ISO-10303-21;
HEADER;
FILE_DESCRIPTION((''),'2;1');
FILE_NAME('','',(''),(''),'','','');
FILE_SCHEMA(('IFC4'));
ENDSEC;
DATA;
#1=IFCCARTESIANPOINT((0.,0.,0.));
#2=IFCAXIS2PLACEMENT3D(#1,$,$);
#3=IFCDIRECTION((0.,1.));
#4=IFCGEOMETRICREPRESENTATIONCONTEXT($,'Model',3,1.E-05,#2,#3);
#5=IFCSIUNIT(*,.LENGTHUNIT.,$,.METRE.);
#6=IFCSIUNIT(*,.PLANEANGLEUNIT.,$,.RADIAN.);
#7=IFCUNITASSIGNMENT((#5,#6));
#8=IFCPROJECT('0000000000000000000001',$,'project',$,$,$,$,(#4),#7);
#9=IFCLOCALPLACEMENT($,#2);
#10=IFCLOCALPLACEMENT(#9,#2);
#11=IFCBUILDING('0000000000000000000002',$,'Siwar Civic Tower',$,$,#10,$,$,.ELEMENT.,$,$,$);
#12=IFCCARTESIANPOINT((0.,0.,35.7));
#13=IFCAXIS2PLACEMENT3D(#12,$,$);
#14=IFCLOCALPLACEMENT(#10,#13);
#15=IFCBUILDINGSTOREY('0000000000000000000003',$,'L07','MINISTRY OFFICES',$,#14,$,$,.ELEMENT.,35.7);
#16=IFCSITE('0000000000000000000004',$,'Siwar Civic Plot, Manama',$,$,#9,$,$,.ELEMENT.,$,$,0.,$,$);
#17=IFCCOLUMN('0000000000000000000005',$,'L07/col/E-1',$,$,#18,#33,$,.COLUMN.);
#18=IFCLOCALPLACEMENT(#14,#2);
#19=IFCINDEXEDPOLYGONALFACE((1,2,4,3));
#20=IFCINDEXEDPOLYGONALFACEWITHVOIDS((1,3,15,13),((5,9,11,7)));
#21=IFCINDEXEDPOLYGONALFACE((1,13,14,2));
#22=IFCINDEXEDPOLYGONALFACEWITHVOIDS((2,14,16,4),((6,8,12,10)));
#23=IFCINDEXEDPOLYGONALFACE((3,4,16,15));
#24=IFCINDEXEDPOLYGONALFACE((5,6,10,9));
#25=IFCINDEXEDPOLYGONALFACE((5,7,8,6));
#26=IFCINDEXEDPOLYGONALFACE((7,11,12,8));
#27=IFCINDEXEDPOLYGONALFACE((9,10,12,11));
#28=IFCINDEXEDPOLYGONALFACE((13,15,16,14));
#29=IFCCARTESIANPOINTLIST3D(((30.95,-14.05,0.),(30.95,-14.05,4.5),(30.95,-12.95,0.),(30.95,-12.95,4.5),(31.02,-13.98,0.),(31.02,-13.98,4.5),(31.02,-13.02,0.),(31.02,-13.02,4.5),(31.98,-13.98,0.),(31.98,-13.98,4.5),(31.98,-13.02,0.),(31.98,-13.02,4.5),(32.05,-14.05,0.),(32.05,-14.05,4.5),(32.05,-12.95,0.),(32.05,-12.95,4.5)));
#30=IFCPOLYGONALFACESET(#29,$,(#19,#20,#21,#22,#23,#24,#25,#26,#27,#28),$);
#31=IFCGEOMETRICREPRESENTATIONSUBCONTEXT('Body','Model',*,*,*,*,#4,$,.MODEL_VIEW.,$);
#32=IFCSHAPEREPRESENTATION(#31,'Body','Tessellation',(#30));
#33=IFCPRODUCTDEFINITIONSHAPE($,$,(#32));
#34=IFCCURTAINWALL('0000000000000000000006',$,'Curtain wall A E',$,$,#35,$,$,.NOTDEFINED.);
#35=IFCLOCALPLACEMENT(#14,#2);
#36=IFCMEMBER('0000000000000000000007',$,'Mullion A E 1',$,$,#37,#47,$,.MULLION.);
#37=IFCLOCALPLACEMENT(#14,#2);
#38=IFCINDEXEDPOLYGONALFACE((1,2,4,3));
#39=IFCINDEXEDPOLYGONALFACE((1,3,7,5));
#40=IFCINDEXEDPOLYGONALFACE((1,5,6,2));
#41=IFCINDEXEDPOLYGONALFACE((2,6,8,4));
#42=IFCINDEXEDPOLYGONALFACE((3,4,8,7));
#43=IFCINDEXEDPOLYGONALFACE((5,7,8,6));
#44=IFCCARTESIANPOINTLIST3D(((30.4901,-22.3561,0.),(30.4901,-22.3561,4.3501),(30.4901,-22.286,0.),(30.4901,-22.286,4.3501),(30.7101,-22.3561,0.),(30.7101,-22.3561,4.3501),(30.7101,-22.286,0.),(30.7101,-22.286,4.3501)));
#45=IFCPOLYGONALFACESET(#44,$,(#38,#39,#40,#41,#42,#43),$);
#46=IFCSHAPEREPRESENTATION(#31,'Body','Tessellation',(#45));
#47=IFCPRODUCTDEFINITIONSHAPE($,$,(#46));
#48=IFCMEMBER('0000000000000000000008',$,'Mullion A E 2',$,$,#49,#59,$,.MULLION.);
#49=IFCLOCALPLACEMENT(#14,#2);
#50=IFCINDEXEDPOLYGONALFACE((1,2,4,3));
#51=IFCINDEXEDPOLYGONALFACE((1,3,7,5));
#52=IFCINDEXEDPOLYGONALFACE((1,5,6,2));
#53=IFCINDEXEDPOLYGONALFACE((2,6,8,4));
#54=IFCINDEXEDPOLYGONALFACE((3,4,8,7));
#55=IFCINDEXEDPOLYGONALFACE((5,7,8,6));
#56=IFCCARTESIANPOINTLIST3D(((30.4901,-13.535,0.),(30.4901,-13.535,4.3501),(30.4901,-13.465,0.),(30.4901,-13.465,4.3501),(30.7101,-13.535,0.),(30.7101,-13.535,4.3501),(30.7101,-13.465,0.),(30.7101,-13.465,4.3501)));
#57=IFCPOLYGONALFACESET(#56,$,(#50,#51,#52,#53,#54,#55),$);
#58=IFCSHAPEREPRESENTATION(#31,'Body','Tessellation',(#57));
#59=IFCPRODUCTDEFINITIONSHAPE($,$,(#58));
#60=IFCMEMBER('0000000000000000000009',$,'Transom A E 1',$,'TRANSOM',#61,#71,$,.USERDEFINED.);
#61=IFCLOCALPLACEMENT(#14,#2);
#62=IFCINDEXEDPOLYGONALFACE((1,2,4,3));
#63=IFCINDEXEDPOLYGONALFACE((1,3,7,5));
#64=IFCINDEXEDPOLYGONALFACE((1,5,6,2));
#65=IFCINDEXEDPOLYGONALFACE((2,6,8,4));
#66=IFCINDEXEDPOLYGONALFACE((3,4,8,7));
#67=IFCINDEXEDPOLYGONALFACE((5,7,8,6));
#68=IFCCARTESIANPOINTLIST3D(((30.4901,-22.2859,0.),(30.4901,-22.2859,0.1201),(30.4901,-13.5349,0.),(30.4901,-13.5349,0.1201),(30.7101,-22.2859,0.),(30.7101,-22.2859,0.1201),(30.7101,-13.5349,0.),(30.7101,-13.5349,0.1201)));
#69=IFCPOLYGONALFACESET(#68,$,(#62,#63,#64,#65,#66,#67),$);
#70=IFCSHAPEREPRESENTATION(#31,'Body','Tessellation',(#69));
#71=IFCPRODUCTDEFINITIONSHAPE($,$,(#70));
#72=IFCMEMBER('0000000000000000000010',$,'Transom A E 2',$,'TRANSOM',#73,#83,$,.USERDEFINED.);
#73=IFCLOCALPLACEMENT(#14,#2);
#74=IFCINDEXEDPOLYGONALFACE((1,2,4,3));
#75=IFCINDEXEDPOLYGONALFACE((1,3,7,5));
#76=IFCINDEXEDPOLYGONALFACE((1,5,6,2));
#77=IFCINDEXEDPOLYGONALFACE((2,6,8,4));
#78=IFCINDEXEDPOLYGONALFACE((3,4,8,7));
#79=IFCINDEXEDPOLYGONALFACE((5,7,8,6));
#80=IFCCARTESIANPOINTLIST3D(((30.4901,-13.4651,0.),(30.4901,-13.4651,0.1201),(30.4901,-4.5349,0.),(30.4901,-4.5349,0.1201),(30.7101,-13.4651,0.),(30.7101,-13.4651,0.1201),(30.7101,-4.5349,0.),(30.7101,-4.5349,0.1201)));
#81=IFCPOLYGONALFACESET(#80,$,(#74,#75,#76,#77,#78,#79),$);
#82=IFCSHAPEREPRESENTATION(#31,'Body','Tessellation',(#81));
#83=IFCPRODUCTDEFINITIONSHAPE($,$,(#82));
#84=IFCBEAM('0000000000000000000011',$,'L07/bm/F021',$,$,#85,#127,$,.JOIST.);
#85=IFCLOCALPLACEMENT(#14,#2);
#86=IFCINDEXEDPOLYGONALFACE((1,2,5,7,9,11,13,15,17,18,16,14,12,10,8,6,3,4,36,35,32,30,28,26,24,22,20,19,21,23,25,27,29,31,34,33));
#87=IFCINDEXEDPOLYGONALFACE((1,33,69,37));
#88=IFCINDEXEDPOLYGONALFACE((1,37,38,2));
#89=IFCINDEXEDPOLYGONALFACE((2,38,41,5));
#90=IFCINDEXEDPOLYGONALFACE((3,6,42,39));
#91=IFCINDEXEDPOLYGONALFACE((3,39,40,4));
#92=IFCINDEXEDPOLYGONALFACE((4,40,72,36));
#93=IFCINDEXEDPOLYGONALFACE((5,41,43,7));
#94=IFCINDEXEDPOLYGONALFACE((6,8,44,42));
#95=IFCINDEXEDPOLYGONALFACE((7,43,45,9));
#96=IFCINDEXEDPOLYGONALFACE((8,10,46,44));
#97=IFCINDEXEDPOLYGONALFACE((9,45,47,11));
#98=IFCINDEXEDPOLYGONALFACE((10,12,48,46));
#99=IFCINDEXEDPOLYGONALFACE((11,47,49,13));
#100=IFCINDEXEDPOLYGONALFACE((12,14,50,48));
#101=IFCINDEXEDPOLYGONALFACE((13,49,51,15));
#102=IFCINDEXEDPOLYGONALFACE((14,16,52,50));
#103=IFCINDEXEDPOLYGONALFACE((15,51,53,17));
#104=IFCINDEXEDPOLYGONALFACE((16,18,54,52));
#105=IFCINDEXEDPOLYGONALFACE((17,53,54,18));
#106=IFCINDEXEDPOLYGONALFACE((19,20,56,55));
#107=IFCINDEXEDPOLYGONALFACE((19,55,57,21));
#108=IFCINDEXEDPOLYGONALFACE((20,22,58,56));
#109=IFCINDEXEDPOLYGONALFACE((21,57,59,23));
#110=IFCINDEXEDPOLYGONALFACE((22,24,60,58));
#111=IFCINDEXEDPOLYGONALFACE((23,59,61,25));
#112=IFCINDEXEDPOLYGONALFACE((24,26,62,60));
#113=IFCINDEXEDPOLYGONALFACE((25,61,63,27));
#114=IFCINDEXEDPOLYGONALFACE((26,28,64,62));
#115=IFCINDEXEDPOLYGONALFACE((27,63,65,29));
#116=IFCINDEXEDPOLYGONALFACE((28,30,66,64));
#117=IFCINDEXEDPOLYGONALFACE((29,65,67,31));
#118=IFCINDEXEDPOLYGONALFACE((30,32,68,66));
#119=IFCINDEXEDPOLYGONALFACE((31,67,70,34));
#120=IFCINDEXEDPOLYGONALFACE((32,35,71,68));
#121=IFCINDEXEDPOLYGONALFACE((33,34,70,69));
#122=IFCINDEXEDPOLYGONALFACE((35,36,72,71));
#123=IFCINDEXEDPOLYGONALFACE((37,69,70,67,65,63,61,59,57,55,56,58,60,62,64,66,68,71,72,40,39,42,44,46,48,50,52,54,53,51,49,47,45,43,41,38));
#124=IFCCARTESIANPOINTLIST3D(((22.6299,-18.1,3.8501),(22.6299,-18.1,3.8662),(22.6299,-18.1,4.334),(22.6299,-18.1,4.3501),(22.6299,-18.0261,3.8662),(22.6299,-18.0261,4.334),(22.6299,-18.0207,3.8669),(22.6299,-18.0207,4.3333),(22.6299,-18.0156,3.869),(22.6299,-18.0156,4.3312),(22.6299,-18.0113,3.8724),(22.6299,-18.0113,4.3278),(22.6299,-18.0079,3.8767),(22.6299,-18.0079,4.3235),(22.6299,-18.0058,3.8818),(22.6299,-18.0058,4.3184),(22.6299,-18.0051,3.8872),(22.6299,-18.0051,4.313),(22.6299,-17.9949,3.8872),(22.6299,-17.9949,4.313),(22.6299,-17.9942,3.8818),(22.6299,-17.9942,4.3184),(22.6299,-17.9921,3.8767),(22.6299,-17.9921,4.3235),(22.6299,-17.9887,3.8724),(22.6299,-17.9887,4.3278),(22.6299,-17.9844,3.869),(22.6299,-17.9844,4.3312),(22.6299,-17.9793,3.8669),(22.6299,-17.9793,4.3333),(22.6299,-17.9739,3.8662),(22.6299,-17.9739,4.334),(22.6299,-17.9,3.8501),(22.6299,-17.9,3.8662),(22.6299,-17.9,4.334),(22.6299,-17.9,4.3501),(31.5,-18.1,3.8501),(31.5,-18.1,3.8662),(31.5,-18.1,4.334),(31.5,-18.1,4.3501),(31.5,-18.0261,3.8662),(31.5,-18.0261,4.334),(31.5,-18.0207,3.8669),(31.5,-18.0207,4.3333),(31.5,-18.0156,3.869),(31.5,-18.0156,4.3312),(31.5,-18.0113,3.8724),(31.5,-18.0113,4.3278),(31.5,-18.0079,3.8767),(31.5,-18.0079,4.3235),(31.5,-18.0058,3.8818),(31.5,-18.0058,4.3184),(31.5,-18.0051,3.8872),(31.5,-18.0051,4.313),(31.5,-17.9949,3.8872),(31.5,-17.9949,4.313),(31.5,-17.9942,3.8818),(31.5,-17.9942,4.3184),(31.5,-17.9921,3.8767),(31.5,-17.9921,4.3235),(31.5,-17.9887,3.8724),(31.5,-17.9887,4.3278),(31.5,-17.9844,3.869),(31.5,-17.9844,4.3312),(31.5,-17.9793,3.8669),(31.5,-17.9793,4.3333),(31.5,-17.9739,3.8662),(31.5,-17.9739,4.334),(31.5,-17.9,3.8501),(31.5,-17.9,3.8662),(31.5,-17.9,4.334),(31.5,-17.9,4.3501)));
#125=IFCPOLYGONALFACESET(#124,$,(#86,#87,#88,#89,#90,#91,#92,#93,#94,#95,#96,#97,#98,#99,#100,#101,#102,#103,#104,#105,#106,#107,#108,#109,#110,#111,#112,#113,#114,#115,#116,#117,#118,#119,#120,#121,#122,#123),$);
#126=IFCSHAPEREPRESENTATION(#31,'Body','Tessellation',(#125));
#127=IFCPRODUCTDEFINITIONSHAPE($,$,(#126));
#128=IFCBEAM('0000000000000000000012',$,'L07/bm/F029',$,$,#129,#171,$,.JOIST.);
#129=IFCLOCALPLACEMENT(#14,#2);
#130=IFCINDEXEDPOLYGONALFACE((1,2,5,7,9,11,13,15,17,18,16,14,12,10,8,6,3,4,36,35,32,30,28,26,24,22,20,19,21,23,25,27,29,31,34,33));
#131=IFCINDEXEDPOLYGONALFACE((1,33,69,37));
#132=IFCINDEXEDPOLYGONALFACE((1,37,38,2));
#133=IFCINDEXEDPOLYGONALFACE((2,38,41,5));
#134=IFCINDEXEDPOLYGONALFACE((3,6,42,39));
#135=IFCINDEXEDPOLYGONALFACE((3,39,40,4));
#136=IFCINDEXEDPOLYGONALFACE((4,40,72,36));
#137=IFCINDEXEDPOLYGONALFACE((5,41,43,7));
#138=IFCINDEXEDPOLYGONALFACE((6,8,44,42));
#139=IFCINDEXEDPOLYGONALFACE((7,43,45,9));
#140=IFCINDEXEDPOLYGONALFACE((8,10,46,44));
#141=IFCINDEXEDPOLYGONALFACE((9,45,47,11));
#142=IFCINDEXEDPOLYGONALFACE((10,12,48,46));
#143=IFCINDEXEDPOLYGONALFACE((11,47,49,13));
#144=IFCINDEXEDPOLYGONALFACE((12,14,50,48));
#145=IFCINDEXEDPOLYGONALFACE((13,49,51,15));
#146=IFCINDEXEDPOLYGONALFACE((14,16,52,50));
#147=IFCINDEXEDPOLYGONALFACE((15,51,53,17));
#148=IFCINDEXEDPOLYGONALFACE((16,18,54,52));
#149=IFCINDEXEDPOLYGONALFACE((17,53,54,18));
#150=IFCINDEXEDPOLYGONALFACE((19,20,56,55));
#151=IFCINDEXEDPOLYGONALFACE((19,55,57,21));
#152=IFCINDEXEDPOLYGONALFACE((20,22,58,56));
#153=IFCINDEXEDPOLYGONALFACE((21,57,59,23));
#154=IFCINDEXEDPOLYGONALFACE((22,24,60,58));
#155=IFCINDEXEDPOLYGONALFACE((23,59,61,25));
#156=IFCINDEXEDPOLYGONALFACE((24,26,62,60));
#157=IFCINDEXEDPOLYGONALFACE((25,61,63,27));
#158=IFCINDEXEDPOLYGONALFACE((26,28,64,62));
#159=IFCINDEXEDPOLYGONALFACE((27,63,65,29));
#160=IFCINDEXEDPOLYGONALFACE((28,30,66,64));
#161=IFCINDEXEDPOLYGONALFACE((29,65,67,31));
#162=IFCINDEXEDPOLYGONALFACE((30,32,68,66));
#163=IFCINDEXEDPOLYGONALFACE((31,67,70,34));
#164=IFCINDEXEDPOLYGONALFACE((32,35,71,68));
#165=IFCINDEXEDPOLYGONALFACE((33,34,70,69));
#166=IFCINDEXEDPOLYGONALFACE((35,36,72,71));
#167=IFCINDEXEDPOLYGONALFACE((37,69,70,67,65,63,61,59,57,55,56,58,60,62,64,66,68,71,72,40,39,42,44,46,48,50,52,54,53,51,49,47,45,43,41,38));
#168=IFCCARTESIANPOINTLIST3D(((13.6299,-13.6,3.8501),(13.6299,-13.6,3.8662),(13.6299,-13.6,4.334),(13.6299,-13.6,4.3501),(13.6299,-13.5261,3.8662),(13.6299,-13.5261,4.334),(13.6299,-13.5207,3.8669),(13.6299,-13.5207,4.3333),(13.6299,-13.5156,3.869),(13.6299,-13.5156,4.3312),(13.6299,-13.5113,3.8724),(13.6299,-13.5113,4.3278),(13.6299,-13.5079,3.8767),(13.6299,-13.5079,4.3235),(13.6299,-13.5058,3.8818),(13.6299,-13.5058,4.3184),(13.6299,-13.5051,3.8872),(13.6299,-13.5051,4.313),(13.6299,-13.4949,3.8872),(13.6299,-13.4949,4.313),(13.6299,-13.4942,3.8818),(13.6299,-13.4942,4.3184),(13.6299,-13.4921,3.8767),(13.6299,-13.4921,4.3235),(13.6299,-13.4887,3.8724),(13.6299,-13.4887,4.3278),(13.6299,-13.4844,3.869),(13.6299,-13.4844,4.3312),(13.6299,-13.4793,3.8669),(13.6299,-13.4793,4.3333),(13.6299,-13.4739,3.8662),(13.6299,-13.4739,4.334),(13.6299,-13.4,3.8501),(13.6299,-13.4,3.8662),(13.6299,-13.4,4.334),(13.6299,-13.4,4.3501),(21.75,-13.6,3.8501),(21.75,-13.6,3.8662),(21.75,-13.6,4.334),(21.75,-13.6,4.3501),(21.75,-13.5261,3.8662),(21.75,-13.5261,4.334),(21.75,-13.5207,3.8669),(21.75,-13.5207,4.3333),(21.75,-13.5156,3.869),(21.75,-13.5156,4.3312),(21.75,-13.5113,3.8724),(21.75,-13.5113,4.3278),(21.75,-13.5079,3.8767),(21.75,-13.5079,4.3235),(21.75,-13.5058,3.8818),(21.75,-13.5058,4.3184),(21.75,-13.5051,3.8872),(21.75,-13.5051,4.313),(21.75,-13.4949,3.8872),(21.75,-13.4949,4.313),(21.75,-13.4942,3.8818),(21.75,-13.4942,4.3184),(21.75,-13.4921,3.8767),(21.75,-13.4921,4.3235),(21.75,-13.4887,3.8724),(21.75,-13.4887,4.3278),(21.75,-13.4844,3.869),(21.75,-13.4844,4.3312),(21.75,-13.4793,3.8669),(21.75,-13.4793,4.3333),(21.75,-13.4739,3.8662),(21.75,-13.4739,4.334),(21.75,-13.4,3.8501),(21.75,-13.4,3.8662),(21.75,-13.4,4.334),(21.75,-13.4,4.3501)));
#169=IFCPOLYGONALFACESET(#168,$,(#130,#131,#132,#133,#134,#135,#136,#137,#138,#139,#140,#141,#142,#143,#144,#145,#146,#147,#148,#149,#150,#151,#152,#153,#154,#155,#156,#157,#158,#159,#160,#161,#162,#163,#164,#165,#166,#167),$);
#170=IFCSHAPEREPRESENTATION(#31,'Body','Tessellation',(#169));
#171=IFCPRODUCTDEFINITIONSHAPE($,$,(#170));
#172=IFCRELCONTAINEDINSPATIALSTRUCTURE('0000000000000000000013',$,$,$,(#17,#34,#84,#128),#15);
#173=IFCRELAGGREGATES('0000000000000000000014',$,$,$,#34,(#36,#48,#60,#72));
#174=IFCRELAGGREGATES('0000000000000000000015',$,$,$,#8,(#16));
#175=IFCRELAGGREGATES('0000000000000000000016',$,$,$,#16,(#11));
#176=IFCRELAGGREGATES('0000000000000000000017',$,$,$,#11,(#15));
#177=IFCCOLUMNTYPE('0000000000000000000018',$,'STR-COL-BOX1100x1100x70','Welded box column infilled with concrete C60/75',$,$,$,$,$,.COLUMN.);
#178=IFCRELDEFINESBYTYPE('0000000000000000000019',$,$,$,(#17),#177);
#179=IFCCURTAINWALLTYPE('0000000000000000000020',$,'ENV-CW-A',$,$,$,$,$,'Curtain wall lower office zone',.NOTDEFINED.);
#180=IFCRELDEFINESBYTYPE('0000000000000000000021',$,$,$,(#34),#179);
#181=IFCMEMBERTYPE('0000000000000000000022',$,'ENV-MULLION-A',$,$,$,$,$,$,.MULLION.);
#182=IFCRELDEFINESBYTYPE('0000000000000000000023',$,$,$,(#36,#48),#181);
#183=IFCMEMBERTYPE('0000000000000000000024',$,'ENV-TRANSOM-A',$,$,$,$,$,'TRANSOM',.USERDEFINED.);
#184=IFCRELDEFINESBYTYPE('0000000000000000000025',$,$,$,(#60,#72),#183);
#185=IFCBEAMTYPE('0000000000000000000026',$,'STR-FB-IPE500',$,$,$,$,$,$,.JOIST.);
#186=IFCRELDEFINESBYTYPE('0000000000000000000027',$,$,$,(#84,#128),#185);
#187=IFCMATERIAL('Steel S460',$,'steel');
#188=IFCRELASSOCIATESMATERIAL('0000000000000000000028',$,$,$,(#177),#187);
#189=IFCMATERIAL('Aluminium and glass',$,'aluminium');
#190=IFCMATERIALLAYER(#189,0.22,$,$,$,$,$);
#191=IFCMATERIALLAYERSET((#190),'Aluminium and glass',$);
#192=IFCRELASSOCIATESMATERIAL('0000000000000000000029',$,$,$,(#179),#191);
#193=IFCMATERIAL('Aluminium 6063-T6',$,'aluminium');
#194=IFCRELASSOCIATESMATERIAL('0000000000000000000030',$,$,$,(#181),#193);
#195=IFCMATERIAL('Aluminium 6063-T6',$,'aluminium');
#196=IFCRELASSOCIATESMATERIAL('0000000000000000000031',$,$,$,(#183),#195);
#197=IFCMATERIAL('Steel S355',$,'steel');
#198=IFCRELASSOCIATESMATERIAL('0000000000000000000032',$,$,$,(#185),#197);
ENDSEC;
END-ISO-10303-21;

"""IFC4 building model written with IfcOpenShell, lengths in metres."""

from ifc_helpers import new_model, si_unit, direction, frame, origin, origin_2d, place, context, subcontext, project, spatial, rectangle, hollow_rectangle, i_section, extrude, material, layer, layer_set, material_profile, profile_set, type_object, element, aggregate, save


model = new_model("IFC4")

# Units and contexts
model_context = context("Model", 3, precision=1e-05, world=origin(), true_north=direction((0.0, 1.0)))
body_context = subcontext(model_context, "Body", "Model", "MODEL_VIEW")
ifc_project = project(units=[si_unit("LENGTHUNIT", "METRE"), si_unit("PLANEANGLEUNIT", "RADIAN")], contexts=[model_context])

# Site, building, storey
site_placement = place(None, origin())
site = spatial("IfcSite", under=ifc_project, at=site_placement, Name="Siwar Civic Plot, Manama", CompositionType="ELEMENT", RefElevation=0.0)
building_placement = place(site_placement, origin())
building = spatial("IfcBuilding", under=site, at=building_placement, Name="Siwar Civic Tower", CompositionType="ELEMENT")
storey_placement = place(building_placement, frame((0.0, 0.0, 35.7)))
storey = spatial("IfcBuildingStorey", under=building, at=storey_placement, Name="L07", Description="MINISTRY OFFICES", CompositionType="ELEMENT", Elevation=35.7)

# Column
ifc_material_1 = material(Name="Steel S460", Category="steel")
ifc_material_profile_1 = material_profile(ifc_material_1, hollow_rectangle(XDim=1.1001, YDim=1.1001, WallThickness=0.0701, at=origin_2d()), Name="BOX1100x1100x70")
ifc_profile_set_1 = profile_set([ifc_material_profile_1], Name="Steel S460")
column_type = type_object("IfcColumnType", Name="STR-COL-BOX1100x1100x70", Description="Welded box column infilled with concrete C60/75", PredefinedType="COLUMN", material=ifc_profile_set_1)
column_placement = place(storey_placement, frame((31.5, -13.5, 0.0), z_axis=(0.0, 0.0, 1.0), x_axis=(1.0, 0.0, 0.0)))
element("IfcColumn", 1, at=column_placement, inside=storey, type_object=column_type, Name="L07/col/E-1", PredefinedType="COLUMN", context=body_context, shape_type="SweptSolid", body=[
    extrude(hollow_rectangle(XDim=1.1001, YDim=1.1001, WallThickness=0.0701, at=origin_2d()), origin(), (0.0, 0.0, 1.0), 4.5),
])

# Curtain wall, members
ifc_material_2 = material(Name="Aluminium and glass", Category="aluminium")
ifc_layer_1 = layer(ifc_material_2, 0.22)
ifc_layer_set_1 = layer_set([ifc_layer_1], Name="Aluminium and glass")
curtain_wall_type = type_object("IfcCurtainWallType", Name="ENV-CW-A", ElementType="Curtain wall lower office zone", PredefinedType="NOTDEFINED", material=ifc_layer_set_1)
curtain_wall_placement = place(storey_placement, origin())
curtain_wall = element("IfcCurtainWall", 2, at=curtain_wall_placement, inside=storey, type_object=curtain_wall_type, Name="Curtain wall A E", PredefinedType="NOTDEFINED")
ifc_material_3 = material(Name="Aluminium 6063-T6", Category="aluminium")
ifc_material_profile_2 = material_profile(ifc_material_3, rectangle(XDim=0.22, YDim=0.0701, at=origin_2d()), Name="AL 220x70")
ifc_profile_set_2 = profile_set([ifc_material_profile_2], Name="Aluminium 6063-T6")
member_type_1 = type_object("IfcMemberType", Name="ENV-MULLION-A", PredefinedType="MULLION", material=ifc_profile_set_2)
member_1_placement = place(storey_placement, frame((30.6001, -22.321, 0.0), z_axis=(0.0, 0.0, 1.0), x_axis=(-1.0, 0.0, 0.0)))
member_1 = element("IfcMember", 3, at=member_1_placement, type_object=member_type_1, Name="Mullion A E 1", PredefinedType="MULLION", context=body_context, shape_type="SweptSolid", body=[
    extrude(rectangle(XDim=0.22, YDim=0.0701, at=origin_2d()), origin(), (0.0, 0.0, 1.0), 4.3501),
])
member_2_placement = place(storey_placement, frame((30.6001, -13.5, 0.0), z_axis=(0.0, 0.0, 1.0), x_axis=(-1.0, 0.0, 0.0)))
member_2 = element("IfcMember", 4, at=member_2_placement, type_object=member_type_1, Name="Mullion A E 2", PredefinedType="MULLION", context=body_context, shape_type="SweptSolid", body=[
    extrude(rectangle(XDim=0.22, YDim=0.0701, at=origin_2d()), origin(), (0.0, 0.0, 1.0), 4.3501),
])
ifc_material_4 = material(Name="Aluminium 6063-T6", Category="aluminium")
ifc_material_profile_3 = material_profile(ifc_material_4, rectangle(XDim=0.22, YDim=0.1201, at=origin_2d()), Name="AL 220x120")
ifc_profile_set_3 = profile_set([ifc_material_profile_3], Name="Aluminium 6063-T6")
member_type_2 = type_object("IfcMemberType", Name="ENV-TRANSOM-A", ElementType="TRANSOM", PredefinedType="USERDEFINED", material=ifc_profile_set_3)
member_3_placement = place(storey_placement, frame((30.6001, -22.2859, 0.0601), z_axis=(0.0, 1.0, 0.0), x_axis=(-1.0, 0.0, 0.0)))
member_3 = element("IfcMember", 5, at=member_3_placement, type_object=member_type_2, Name="Transom A E 1", ObjectType="TRANSOM", PredefinedType="USERDEFINED", context=body_context, shape_type="SweptSolid", body=[
    extrude(rectangle(XDim=0.22, YDim=0.1201, at=origin_2d()), origin(), (0.0, 0.0, 1.0), 8.751),
])
member_4_placement = place(storey_placement, frame((30.6001, -13.4651, 0.0601), z_axis=(0.0, 1.0, 0.0), x_axis=(-1.0, 0.0, 0.0)))
member_4 = element("IfcMember", 6, at=member_4_placement, type_object=member_type_2, Name="Transom A E 2", ObjectType="TRANSOM", PredefinedType="USERDEFINED", context=body_context, shape_type="SweptSolid", body=[
    extrude(rectangle(XDim=0.22, YDim=0.1201, at=origin_2d()), origin(), (0.0, 0.0, 1.0), 8.9302),
])

# Beams
ifc_material_5 = material(Name="Steel S355", Category="steel")
ifc_material_profile_4 = material_profile(ifc_material_5, i_section(OverallWidth=0.2, OverallDepth=0.5, WebThickness=0.0103, FlangeThickness=0.0161, FilletRadius=0.021, at=origin_2d()), Name="IPE500")
ifc_profile_set_4 = profile_set([ifc_material_profile_4], Name="Steel S355")
beam_type_1 = type_object("IfcBeamType", Name="STR-FB-IPE500", PredefinedType="JOIST", material=ifc_profile_set_4)
beam_1_placement = place(storey_placement, frame((22.6299, -18.0, 4.1001), z_axis=(1.0, 0.0, 0.0), x_axis=(0.0, 1.0, 0.0)))
element("IfcBeam", 7, at=beam_1_placement, inside=storey, type_object=beam_type_1, Name="L07/bm/F021", PredefinedType="JOIST", context=body_context, shape_type="SweptSolid", body=[
    extrude(i_section(OverallWidth=0.2, OverallDepth=0.5, WebThickness=0.0103, FlangeThickness=0.0161, FilletRadius=0.021, at=origin_2d()), origin(), (0.0, 0.0, 1.0), 8.8701),
])
beam_2_placement = place(storey_placement, frame((13.6299, -13.5, 4.1001), z_axis=(1.0, 0.0, 0.0), x_axis=(0.0, 1.0, 0.0)))
element("IfcBeam", 8, at=beam_2_placement, inside=storey, type_object=beam_type_1, Name="L07/bm/F029", PredefinedType="JOIST", context=body_context, shape_type="SweptSolid", body=[
    extrude(i_section(OverallWidth=0.2, OverallDepth=0.5, WebThickness=0.0103, FlangeThickness=0.0161, FilletRadius=0.021, at=origin_2d()), origin(), (0.0, 0.0, 1.0), 8.1201),
])

aggregate(curtain_wall, [member_1, member_2, member_3, member_4])

save(model, "model.ifc")
